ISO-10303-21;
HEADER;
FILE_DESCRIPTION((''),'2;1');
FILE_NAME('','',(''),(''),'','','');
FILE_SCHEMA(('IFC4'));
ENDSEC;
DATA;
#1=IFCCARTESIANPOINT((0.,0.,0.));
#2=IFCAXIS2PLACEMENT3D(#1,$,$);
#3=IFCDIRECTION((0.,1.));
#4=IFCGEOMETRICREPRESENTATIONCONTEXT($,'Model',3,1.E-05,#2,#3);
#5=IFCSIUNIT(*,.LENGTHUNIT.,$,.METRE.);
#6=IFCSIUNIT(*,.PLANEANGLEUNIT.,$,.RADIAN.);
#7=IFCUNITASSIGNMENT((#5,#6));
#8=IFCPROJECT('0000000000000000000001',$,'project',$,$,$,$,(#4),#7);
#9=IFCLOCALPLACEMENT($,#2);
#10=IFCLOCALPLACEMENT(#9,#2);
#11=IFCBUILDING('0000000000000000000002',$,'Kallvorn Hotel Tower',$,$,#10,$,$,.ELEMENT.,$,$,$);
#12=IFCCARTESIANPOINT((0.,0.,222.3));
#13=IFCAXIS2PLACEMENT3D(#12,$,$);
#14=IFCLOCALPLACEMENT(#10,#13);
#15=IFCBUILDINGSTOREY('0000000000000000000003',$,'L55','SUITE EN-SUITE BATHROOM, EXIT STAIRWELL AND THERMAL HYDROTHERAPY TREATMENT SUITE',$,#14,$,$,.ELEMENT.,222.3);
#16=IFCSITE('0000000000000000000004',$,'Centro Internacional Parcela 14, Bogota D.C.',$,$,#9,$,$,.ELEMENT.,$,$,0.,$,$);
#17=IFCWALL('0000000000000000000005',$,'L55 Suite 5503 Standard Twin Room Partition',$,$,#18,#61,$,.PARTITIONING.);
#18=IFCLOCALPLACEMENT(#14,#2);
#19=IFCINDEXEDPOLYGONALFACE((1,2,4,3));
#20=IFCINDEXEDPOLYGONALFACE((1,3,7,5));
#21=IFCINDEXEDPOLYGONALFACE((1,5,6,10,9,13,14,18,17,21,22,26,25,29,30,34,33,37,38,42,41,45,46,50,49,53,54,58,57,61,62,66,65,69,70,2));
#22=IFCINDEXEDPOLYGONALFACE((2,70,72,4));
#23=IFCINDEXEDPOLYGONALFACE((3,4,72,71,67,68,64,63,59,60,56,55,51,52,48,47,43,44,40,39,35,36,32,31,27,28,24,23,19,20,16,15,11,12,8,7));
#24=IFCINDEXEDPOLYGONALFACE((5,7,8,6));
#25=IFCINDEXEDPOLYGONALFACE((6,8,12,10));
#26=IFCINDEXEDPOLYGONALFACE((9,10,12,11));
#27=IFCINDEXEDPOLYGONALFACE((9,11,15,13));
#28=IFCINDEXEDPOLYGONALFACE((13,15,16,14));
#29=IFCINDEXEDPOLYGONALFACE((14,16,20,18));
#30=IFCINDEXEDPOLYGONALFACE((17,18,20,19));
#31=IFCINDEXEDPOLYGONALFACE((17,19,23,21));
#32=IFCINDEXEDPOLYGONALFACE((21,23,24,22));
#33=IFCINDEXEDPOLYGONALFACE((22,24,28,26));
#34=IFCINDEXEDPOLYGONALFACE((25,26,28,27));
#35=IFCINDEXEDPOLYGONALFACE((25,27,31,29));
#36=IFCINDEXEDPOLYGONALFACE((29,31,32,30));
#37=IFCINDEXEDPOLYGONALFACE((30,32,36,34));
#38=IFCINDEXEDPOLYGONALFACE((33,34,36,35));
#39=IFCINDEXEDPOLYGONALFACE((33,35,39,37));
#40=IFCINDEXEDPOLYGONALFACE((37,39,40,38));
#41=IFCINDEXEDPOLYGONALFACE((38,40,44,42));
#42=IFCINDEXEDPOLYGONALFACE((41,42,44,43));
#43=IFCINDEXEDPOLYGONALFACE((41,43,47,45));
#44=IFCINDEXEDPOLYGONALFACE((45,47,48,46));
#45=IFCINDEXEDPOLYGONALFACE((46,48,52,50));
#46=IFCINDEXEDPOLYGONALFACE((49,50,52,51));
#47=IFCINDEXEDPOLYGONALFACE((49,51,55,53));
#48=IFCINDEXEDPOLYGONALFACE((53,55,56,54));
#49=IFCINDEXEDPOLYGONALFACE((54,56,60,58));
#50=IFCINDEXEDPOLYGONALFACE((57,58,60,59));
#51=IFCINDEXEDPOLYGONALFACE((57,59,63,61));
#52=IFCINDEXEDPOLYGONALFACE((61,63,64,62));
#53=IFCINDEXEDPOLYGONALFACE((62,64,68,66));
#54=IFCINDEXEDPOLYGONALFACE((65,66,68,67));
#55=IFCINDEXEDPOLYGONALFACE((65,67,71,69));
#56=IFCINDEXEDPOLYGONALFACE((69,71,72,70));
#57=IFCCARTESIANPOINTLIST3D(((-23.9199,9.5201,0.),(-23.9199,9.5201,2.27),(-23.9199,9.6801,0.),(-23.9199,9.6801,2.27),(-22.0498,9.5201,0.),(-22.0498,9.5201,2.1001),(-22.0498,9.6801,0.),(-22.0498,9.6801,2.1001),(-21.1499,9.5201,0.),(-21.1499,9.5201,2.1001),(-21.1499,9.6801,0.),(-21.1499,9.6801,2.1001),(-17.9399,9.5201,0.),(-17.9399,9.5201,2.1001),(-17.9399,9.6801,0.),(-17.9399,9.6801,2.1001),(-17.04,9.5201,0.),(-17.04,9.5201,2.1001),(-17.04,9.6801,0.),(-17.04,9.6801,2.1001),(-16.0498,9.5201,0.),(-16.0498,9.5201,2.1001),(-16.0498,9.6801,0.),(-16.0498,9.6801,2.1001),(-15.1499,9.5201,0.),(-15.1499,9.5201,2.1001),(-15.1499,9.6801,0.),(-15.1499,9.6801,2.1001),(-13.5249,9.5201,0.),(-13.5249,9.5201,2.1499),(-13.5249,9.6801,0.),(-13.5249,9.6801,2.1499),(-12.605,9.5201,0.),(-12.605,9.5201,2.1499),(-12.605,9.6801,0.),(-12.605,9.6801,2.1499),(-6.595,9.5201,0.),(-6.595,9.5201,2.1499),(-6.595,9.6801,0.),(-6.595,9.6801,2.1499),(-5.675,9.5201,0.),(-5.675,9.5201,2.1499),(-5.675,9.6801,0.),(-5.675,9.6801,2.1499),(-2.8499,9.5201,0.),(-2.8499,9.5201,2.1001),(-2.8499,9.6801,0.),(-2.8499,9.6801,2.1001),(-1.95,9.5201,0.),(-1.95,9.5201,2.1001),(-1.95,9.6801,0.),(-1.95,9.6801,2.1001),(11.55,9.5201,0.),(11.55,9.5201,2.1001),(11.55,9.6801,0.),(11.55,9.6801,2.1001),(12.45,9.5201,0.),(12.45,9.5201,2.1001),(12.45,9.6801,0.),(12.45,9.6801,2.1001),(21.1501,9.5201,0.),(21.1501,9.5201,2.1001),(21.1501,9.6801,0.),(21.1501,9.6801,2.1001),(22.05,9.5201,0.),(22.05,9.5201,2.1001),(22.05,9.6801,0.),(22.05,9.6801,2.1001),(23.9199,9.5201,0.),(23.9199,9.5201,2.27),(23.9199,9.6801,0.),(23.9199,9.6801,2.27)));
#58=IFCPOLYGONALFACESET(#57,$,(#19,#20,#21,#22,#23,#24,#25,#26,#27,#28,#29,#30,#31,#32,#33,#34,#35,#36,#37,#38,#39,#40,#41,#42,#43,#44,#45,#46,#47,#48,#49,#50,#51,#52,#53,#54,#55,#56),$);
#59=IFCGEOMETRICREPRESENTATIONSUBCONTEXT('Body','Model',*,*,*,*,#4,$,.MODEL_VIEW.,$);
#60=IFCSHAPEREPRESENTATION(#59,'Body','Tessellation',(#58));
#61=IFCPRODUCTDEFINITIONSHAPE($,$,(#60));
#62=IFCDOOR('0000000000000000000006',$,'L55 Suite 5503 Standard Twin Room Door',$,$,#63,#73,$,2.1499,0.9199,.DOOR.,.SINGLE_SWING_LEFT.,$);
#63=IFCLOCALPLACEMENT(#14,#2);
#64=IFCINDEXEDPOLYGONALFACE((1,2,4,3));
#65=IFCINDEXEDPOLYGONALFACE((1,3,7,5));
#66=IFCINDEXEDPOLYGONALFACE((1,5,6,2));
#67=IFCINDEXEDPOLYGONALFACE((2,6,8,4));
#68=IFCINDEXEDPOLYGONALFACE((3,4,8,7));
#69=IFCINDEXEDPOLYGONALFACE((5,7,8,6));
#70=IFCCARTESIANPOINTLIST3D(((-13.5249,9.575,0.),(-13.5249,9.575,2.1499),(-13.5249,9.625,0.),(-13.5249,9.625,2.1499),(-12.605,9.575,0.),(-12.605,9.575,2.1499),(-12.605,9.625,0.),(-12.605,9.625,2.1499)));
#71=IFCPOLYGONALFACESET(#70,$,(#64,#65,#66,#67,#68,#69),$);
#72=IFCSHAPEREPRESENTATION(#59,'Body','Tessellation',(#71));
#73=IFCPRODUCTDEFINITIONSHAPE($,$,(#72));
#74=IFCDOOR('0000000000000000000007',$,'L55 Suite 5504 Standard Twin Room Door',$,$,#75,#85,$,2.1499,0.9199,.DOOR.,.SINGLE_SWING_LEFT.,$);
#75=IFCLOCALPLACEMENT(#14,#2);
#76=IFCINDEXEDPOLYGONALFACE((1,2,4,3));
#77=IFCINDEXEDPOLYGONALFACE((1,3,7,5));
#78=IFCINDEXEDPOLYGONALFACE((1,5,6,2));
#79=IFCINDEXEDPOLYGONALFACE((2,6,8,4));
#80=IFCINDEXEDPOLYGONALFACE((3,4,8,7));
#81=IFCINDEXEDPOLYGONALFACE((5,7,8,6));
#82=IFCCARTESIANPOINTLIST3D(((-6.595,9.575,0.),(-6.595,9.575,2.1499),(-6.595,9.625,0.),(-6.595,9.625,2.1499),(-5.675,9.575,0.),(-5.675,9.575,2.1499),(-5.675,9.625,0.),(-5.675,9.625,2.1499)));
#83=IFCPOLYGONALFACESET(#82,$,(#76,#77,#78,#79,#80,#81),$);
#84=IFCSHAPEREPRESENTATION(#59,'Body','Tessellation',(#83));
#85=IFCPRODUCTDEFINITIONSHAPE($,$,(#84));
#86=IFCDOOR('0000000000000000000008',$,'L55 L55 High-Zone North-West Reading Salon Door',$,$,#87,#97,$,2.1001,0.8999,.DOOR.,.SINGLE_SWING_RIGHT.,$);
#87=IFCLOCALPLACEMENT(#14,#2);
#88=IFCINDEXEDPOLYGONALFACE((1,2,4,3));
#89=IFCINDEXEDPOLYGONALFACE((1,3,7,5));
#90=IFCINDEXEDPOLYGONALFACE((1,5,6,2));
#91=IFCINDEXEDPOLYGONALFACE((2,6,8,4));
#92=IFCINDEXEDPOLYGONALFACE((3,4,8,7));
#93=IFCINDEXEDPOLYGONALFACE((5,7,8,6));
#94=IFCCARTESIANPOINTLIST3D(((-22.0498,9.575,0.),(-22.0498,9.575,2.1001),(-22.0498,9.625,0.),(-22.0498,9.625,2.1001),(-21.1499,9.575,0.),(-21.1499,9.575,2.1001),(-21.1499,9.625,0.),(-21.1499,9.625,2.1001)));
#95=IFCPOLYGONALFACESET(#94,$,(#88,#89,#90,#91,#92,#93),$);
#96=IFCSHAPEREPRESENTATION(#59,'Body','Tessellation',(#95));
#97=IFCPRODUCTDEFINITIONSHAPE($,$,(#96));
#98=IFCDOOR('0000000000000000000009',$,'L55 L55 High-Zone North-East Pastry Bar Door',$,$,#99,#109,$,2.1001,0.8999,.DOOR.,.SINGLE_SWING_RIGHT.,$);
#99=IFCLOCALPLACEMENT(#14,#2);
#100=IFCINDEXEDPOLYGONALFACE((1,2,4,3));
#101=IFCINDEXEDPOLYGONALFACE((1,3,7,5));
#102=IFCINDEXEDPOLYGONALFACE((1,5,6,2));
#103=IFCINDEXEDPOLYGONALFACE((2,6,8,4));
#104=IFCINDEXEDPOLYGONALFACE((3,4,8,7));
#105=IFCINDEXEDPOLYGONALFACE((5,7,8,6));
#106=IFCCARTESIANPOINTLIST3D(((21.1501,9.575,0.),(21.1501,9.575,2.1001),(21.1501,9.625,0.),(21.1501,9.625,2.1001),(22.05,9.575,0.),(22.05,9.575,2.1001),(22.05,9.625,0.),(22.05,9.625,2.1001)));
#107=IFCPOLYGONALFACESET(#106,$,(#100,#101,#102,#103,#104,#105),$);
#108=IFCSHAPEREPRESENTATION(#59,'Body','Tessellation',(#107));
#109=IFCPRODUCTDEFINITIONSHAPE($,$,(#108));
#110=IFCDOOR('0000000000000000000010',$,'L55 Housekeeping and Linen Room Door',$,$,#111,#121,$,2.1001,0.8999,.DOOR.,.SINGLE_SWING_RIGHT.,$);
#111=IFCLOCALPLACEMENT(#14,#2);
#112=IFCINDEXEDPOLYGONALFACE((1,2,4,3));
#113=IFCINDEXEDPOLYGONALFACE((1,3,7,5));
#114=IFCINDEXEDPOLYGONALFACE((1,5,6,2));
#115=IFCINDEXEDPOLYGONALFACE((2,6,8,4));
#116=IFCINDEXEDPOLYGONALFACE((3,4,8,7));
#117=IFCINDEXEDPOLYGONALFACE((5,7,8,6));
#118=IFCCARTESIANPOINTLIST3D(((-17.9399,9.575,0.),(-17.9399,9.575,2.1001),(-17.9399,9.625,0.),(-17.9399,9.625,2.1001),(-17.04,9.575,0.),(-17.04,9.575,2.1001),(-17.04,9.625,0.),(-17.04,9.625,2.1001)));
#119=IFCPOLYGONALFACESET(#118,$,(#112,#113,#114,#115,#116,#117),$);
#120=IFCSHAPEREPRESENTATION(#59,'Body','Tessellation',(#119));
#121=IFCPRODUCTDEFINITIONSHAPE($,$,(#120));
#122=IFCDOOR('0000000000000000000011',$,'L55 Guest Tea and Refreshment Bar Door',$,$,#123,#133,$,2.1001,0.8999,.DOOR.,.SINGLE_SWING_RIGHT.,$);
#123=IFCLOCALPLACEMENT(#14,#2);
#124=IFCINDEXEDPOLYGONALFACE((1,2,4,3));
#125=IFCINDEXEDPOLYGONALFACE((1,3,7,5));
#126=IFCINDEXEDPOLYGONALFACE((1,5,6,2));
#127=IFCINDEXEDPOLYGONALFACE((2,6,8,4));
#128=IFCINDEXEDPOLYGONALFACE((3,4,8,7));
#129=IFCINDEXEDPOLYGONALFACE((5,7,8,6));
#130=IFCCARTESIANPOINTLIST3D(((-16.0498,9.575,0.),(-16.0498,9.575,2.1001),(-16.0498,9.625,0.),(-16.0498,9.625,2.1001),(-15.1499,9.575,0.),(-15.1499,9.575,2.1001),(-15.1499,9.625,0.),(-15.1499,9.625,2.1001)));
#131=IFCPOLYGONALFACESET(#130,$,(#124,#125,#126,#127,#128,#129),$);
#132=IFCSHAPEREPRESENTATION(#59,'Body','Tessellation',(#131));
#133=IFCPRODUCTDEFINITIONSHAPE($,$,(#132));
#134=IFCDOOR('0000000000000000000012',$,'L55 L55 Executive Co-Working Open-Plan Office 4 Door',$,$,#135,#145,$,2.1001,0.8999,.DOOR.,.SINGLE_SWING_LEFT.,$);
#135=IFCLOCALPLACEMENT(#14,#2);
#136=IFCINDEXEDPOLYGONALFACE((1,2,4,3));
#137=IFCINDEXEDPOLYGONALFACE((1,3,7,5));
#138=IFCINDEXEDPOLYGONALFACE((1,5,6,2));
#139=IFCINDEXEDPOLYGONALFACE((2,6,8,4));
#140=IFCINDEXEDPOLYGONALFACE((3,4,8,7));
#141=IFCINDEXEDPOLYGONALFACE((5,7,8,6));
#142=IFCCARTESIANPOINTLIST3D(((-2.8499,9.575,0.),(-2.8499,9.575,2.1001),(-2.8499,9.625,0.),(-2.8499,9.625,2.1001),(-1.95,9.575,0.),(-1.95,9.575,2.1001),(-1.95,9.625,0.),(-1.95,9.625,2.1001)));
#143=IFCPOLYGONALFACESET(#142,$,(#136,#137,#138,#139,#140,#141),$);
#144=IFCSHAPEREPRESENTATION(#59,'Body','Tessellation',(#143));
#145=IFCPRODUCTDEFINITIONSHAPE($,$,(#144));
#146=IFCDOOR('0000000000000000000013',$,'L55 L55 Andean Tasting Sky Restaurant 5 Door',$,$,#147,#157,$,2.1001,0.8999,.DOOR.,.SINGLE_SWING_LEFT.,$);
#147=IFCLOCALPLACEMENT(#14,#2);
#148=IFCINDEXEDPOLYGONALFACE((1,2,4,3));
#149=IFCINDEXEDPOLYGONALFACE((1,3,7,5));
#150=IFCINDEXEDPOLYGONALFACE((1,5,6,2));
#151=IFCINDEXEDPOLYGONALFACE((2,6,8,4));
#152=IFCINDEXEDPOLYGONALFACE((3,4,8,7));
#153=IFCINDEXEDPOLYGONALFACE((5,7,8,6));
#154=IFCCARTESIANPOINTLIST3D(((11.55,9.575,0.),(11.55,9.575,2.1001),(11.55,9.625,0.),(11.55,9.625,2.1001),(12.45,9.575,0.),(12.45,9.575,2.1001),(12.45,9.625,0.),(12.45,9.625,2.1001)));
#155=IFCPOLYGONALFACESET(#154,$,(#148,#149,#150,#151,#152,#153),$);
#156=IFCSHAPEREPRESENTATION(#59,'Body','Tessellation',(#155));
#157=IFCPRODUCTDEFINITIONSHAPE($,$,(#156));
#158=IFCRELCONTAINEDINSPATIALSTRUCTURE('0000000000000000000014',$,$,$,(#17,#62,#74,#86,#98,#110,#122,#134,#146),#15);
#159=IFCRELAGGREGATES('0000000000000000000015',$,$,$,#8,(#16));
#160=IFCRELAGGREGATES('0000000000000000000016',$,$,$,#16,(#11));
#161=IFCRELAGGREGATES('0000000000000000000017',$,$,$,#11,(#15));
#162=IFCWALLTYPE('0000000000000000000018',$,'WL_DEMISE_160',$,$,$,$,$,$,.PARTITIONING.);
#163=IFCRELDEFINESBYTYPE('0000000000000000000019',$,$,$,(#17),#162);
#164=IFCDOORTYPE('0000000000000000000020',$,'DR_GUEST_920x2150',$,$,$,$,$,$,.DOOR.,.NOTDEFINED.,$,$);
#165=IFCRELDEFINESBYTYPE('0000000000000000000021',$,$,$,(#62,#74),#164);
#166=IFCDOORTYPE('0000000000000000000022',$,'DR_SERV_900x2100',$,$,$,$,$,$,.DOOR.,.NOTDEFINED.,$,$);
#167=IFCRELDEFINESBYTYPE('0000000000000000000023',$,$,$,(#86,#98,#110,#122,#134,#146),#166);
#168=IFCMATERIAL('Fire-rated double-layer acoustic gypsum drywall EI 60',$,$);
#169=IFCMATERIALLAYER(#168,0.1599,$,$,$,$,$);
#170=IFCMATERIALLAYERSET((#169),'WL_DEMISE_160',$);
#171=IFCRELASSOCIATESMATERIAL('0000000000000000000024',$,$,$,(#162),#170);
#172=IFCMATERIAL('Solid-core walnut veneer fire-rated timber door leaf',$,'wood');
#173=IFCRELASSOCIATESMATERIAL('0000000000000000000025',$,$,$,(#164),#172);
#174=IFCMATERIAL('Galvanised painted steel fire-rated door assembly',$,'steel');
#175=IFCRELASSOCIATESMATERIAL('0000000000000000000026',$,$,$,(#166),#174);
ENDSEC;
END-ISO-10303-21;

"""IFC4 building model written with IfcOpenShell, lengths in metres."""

from ifc_helpers import new_model, si_unit, direction, frame, frame_2d, origin, place, context, subcontext, project, spatial, rectangle, extrude, material, layer, layer_set, type_object, element, fill, save


model = new_model("IFC4")

# Units and contexts
model_context = context("Model", 3, precision=1e-05, world=origin(), true_north=direction((0.0, 1.0)))
body_context = subcontext(model_context, "Body", "Model", "MODEL_VIEW")
ifc_project = project(units=[si_unit("LENGTHUNIT", "METRE"), si_unit("PLANEANGLEUNIT", "RADIAN")], contexts=[model_context])

# Site, building, storey
site_placement = place(None, origin())
site = spatial("IfcSite", under=ifc_project, at=site_placement, Name="Centro Internacional Parcela 14, Bogota D.C.", CompositionType="ELEMENT", RefElevation=0.0)
building_placement = place(site_placement, origin())
building = spatial("IfcBuilding", under=site, at=building_placement, Name="Kallvorn Hotel Tower", CompositionType="ELEMENT")
storey_placement = place(building_placement, frame((0.0, 0.0, 222.3)))
storey = spatial("IfcBuildingStorey", under=building, at=storey_placement, Name="L55", Description="SUITE EN-SUITE BATHROOM, EXIT STAIRWELL AND THERMAL HYDROTHERAPY TREATMENT SUITE", CompositionType="ELEMENT", Elevation=222.3)

# Wall, openings, doors
ifc_material_1 = material(Name="Fire-rated double-layer acoustic gypsum drywall EI 60")
ifc_layer_1 = layer(ifc_material_1, 0.1599)
ifc_layer_set_1 = layer_set([ifc_layer_1], Name="WL_DEMISE_160")
wall_type_1 = type_object("IfcWallType", Name="WL_DEMISE_160", PredefinedType="PARTITIONING", material=ifc_layer_set_1)
wall_1_placement = place(storey_placement, frame((-23.9199, 9.6001, 0.0), z_axis=(0.0, 0.0, 1.0), x_axis=(1.0, 0.0, 0.0)))
wall_1 = element("IfcWall", 1, at=wall_1_placement, inside=storey, type_object=wall_type_1, Name="L55 Suite 5503 Standard Twin Room Partition", PredefinedType="PARTITIONING", context=body_context, shape_type="SweptSolid", body=[
    extrude(rectangle(XDim=47.8398, YDim=0.1599, at=frame_2d((23.9199, 0.0))), origin(), (0.0, 0.0, 1.0), 2.27),
])
opening_1_placement = place(wall_1_placement, frame((1.8701, 0.0, 0.0)))
opening_1 = element("IfcOpeningElement", 2, at=opening_1_placement, cuts=wall_1, PredefinedType="OPENING", context=body_context, shape_type="SweptSolid", body=[
    extrude(rectangle(XDim=0.8999, YDim=2.1001, at=frame_2d((0.45, 1.05))), frame((0.0, 0.095, 0.0), z_axis=(0.0, -1.0, 0.0), x_axis=(1.0, 0.0, 0.0)), (0.0, 0.0, 1.0), 0.1899),
])
opening_2_placement = place(wall_1_placement, frame((45.0701, 0.0, 0.0)))
opening_2 = element("IfcOpeningElement", 3, at=opening_2_placement, cuts=wall_1, PredefinedType="OPENING", context=body_context, shape_type="SweptSolid", body=[
    extrude(rectangle(XDim=0.8999, YDim=2.1001, at=frame_2d((0.45, 1.05))), frame((0.0, 0.095, 0.0), z_axis=(0.0, -1.0, 0.0), x_axis=(1.0, 0.0, 0.0)), (0.0, 0.0, 1.0), 0.1899),
])
opening_3_placement = place(wall_1_placement, frame((5.98, 0.0, 0.0)))
opening_3 = element("IfcOpeningElement", 4, at=opening_3_placement, cuts=wall_1, PredefinedType="OPENING", context=body_context, shape_type="SweptSolid", body=[
    extrude(rectangle(XDim=0.8999, YDim=2.1001, at=frame_2d((0.45, 1.05))), frame((0.0, 0.095, 0.0), z_axis=(0.0, -1.0, 0.0), x_axis=(1.0, 0.0, 0.0)), (0.0, 0.0, 1.0), 0.1899),
])
opening_4_placement = place(wall_1_placement, frame((7.8701, 0.0, 0.0)))
opening_4 = element("IfcOpeningElement", 5, at=opening_4_placement, cuts=wall_1, PredefinedType="OPENING", context=body_context, shape_type="SweptSolid", body=[
    extrude(rectangle(XDim=0.8999, YDim=2.1001, at=frame_2d((0.45, 1.05))), frame((0.0, 0.095, 0.0), z_axis=(0.0, -1.0, 0.0), x_axis=(1.0, 0.0, 0.0)), (0.0, 0.0, 1.0), 0.1899),
])
opening_5_placement = place(wall_1_placement, frame((10.395, 0.0, 0.0)))
opening_5 = element("IfcOpeningElement", 6, at=opening_5_placement, cuts=wall_1, PredefinedType="OPENING", context=body_context, shape_type="SweptSolid", body=[
    extrude(rectangle(XDim=0.9199, YDim=2.1499, at=frame_2d((0.46, 1.075))), frame((0.0, 0.095, 0.0), z_axis=(0.0, -1.0, 0.0), x_axis=(1.0, 0.0, 0.0)), (0.0, 0.0, 1.0), 0.1899),
])
opening_6_placement = place(wall_1_placement, frame((17.325, 0.0, 0.0)))
opening_6 = element("IfcOpeningElement", 7, at=opening_6_placement, cuts=wall_1, PredefinedType="OPENING", context=body_context, shape_type="SweptSolid", body=[
    extrude(rectangle(XDim=0.9199, YDim=2.1499, at=frame_2d((0.46, 1.075))), frame((0.0, 0.095, 0.0), z_axis=(0.0, -1.0, 0.0), x_axis=(1.0, 0.0, 0.0)), (0.0, 0.0, 1.0), 0.1899),
])
opening_7_placement = place(wall_1_placement, frame((21.0701, 0.0, 0.0)))
opening_7 = element("IfcOpeningElement", 8, at=opening_7_placement, cuts=wall_1, PredefinedType="OPENING", context=body_context, shape_type="SweptSolid", body=[
    extrude(rectangle(XDim=0.8999, YDim=2.1001, at=frame_2d((0.45, 1.05))), frame((0.0, 0.095, 0.0), z_axis=(0.0, -1.0, 0.0), x_axis=(1.0, 0.0, 0.0)), (0.0, 0.0, 1.0), 0.1899),
])
opening_8_placement = place(wall_1_placement, frame((35.47, 0.0, 0.0)))
opening_8 = element("IfcOpeningElement", 9, at=opening_8_placement, cuts=wall_1, PredefinedType="OPENING", context=body_context, shape_type="SweptSolid", body=[
    extrude(rectangle(XDim=0.8999, YDim=2.1001, at=frame_2d((0.45, 1.05))), frame((0.0, 0.095, 0.0), z_axis=(0.0, -1.0, 0.0), x_axis=(1.0, 0.0, 0.0)), (0.0, 0.0, 1.0), 0.1899),
])
ifc_material_2 = material(Name="Solid-core walnut veneer fire-rated timber door leaf", Category="wood")
door_type_1 = type_object("IfcDoorType", Name="DR_GUEST_920x2150", OperationType="NOTDEFINED", PredefinedType="DOOR", material=ifc_material_2)
door_1_placement = place(opening_5_placement, origin())
door_1 = element("IfcDoor", 10, at=door_1_placement, inside=storey, type_object=door_type_1, Name="L55 Suite 5503 Standard Twin Room Door", OperationType="SINGLE_SWING_LEFT", OverallHeight=2.1499, OverallWidth=0.9199, PredefinedType="DOOR", context=body_context, shape_type="SweptSolid", body=[
    extrude(rectangle(XDim=0.9199, YDim=2.1499, at=frame_2d((0.46, 1.075))), frame((0.0, 0.0249, 0.0), z_axis=(0.0, -1.0, 0.0), x_axis=(1.0, 0.0, 0.0)), (0.0, 0.0, 1.0), 0.05),
])
fill(opening_5, door_1)
door_2_placement = place(opening_6_placement, origin())
door_2 = element("IfcDoor", 11, at=door_2_placement, inside=storey, type_object=door_type_1, Name="L55 Suite 5504 Standard Twin Room Door", OperationType="SINGLE_SWING_LEFT", OverallHeight=2.1499, OverallWidth=0.9199, PredefinedType="DOOR", context=body_context, shape_type="SweptSolid", body=[
    extrude(rectangle(XDim=0.9199, YDim=2.1499, at=frame_2d((0.46, 1.075))), frame((0.0, 0.0249, 0.0), z_axis=(0.0, -1.0, 0.0), x_axis=(1.0, 0.0, 0.0)), (0.0, 0.0, 1.0), 0.05),
])
fill(opening_6, door_2)
ifc_material_3 = material(Name="Galvanised painted steel fire-rated door assembly", Category="steel")
door_type_2 = type_object("IfcDoorType", Name="DR_SERV_900x2100", OperationType="NOTDEFINED", PredefinedType="DOOR", material=ifc_material_3)
door_3_placement = place(opening_1_placement, origin())
door_3 = element("IfcDoor", 12, at=door_3_placement, inside=storey, type_object=door_type_2, Name="L55 L55 High-Zone North-West Reading Salon Door", OperationType="SINGLE_SWING_RIGHT", OverallHeight=2.1001, OverallWidth=0.8999, PredefinedType="DOOR", context=body_context, shape_type="SweptSolid", body=[
    extrude(rectangle(XDim=0.8999, YDim=2.1001, at=frame_2d((0.45, 1.05))), frame((0.0, 0.0249, 0.0), z_axis=(0.0, -1.0, 0.0), x_axis=(1.0, 0.0, 0.0)), (0.0, 0.0, 1.0), 0.05),
])
fill(opening_1, door_3)
door_4_placement = place(opening_2_placement, origin())
door_4 = element("IfcDoor", 13, at=door_4_placement, inside=storey, type_object=door_type_2, Name="L55 L55 High-Zone North-East Pastry Bar Door", OperationType="SINGLE_SWING_RIGHT", OverallHeight=2.1001, OverallWidth=0.8999, PredefinedType="DOOR", context=body_context, shape_type="SweptSolid", body=[
    extrude(rectangle(XDim=0.8999, YDim=2.1001, at=frame_2d((0.45, 1.05))), frame((0.0, 0.0249, 0.0), z_axis=(0.0, -1.0, 0.0), x_axis=(1.0, 0.0, 0.0)), (0.0, 0.0, 1.0), 0.05),
])
fill(opening_2, door_4)
door_5_placement = place(opening_3_placement, origin())
door_5 = element("IfcDoor", 14, at=door_5_placement, inside=storey, type_object=door_type_2, Name="L55 Housekeeping and Linen Room Door", OperationType="SINGLE_SWING_RIGHT", OverallHeight=2.1001, OverallWidth=0.8999, PredefinedType="DOOR", context=body_context, shape_type="SweptSolid", body=[
    extrude(rectangle(XDim=0.8999, YDim=2.1001, at=frame_2d((0.45, 1.05))), frame((0.0, 0.0249, 0.0), z_axis=(0.0, -1.0, 0.0), x_axis=(1.0, 0.0, 0.0)), (0.0, 0.0, 1.0), 0.05),
])
fill(opening_3, door_5)
door_6_placement = place(opening_4_placement, origin())
door_6 = element("IfcDoor", 15, at=door_6_placement, inside=storey, type_object=door_type_2, Name="L55 Guest Tea and Refreshment Bar Door", OperationType="SINGLE_SWING_RIGHT", OverallHeight=2.1001, OverallWidth=0.8999, PredefinedType="DOOR", context=body_context, shape_type="SweptSolid", body=[
    extrude(rectangle(XDim=0.8999, YDim=2.1001, at=frame_2d((0.45, 1.05))), frame((0.0, 0.0249, 0.0), z_axis=(0.0, -1.0, 0.0), x_axis=(1.0, 0.0, 0.0)), (0.0, 0.0, 1.0), 0.05),
])
fill(opening_4, door_6)
door_7_placement = place(opening_7_placement, origin())
door_7 = element("IfcDoor", 16, at=door_7_placement, inside=storey, type_object=door_type_2, Name="L55 L55 Executive Co-Working Open-Plan Office 4 Door", OperationType="SINGLE_SWING_LEFT", OverallHeight=2.1001, OverallWidth=0.8999, PredefinedType="DOOR", context=body_context, shape_type="SweptSolid", body=[
    extrude(rectangle(XDim=0.8999, YDim=2.1001, at=frame_2d((0.45, 1.05))), frame((0.0, 0.0249, 0.0), z_axis=(0.0, -1.0, 0.0), x_axis=(1.0, 0.0, 0.0)), (0.0, 0.0, 1.0), 0.05),
])
fill(opening_7, door_7)
door_8_placement = place(opening_8_placement, origin())
door_8 = element("IfcDoor", 17, at=door_8_placement, inside=storey, type_object=door_type_2, Name="L55 L55 Andean Tasting Sky Restaurant 5 Door", OperationType="SINGLE_SWING_LEFT", OverallHeight=2.1001, OverallWidth=0.8999, PredefinedType="DOOR", context=body_context, shape_type="SweptSolid", body=[
    extrude(rectangle(XDim=0.8999, YDim=2.1001, at=frame_2d((0.45, 1.05))), frame((0.0, 0.0249, 0.0), z_axis=(0.0, -1.0, 0.0), x_axis=(1.0, 0.0, 0.0)), (0.0, 0.0, 1.0), 0.05),
])
fill(opening_8, door_8)

save(model, "model.ifc")
